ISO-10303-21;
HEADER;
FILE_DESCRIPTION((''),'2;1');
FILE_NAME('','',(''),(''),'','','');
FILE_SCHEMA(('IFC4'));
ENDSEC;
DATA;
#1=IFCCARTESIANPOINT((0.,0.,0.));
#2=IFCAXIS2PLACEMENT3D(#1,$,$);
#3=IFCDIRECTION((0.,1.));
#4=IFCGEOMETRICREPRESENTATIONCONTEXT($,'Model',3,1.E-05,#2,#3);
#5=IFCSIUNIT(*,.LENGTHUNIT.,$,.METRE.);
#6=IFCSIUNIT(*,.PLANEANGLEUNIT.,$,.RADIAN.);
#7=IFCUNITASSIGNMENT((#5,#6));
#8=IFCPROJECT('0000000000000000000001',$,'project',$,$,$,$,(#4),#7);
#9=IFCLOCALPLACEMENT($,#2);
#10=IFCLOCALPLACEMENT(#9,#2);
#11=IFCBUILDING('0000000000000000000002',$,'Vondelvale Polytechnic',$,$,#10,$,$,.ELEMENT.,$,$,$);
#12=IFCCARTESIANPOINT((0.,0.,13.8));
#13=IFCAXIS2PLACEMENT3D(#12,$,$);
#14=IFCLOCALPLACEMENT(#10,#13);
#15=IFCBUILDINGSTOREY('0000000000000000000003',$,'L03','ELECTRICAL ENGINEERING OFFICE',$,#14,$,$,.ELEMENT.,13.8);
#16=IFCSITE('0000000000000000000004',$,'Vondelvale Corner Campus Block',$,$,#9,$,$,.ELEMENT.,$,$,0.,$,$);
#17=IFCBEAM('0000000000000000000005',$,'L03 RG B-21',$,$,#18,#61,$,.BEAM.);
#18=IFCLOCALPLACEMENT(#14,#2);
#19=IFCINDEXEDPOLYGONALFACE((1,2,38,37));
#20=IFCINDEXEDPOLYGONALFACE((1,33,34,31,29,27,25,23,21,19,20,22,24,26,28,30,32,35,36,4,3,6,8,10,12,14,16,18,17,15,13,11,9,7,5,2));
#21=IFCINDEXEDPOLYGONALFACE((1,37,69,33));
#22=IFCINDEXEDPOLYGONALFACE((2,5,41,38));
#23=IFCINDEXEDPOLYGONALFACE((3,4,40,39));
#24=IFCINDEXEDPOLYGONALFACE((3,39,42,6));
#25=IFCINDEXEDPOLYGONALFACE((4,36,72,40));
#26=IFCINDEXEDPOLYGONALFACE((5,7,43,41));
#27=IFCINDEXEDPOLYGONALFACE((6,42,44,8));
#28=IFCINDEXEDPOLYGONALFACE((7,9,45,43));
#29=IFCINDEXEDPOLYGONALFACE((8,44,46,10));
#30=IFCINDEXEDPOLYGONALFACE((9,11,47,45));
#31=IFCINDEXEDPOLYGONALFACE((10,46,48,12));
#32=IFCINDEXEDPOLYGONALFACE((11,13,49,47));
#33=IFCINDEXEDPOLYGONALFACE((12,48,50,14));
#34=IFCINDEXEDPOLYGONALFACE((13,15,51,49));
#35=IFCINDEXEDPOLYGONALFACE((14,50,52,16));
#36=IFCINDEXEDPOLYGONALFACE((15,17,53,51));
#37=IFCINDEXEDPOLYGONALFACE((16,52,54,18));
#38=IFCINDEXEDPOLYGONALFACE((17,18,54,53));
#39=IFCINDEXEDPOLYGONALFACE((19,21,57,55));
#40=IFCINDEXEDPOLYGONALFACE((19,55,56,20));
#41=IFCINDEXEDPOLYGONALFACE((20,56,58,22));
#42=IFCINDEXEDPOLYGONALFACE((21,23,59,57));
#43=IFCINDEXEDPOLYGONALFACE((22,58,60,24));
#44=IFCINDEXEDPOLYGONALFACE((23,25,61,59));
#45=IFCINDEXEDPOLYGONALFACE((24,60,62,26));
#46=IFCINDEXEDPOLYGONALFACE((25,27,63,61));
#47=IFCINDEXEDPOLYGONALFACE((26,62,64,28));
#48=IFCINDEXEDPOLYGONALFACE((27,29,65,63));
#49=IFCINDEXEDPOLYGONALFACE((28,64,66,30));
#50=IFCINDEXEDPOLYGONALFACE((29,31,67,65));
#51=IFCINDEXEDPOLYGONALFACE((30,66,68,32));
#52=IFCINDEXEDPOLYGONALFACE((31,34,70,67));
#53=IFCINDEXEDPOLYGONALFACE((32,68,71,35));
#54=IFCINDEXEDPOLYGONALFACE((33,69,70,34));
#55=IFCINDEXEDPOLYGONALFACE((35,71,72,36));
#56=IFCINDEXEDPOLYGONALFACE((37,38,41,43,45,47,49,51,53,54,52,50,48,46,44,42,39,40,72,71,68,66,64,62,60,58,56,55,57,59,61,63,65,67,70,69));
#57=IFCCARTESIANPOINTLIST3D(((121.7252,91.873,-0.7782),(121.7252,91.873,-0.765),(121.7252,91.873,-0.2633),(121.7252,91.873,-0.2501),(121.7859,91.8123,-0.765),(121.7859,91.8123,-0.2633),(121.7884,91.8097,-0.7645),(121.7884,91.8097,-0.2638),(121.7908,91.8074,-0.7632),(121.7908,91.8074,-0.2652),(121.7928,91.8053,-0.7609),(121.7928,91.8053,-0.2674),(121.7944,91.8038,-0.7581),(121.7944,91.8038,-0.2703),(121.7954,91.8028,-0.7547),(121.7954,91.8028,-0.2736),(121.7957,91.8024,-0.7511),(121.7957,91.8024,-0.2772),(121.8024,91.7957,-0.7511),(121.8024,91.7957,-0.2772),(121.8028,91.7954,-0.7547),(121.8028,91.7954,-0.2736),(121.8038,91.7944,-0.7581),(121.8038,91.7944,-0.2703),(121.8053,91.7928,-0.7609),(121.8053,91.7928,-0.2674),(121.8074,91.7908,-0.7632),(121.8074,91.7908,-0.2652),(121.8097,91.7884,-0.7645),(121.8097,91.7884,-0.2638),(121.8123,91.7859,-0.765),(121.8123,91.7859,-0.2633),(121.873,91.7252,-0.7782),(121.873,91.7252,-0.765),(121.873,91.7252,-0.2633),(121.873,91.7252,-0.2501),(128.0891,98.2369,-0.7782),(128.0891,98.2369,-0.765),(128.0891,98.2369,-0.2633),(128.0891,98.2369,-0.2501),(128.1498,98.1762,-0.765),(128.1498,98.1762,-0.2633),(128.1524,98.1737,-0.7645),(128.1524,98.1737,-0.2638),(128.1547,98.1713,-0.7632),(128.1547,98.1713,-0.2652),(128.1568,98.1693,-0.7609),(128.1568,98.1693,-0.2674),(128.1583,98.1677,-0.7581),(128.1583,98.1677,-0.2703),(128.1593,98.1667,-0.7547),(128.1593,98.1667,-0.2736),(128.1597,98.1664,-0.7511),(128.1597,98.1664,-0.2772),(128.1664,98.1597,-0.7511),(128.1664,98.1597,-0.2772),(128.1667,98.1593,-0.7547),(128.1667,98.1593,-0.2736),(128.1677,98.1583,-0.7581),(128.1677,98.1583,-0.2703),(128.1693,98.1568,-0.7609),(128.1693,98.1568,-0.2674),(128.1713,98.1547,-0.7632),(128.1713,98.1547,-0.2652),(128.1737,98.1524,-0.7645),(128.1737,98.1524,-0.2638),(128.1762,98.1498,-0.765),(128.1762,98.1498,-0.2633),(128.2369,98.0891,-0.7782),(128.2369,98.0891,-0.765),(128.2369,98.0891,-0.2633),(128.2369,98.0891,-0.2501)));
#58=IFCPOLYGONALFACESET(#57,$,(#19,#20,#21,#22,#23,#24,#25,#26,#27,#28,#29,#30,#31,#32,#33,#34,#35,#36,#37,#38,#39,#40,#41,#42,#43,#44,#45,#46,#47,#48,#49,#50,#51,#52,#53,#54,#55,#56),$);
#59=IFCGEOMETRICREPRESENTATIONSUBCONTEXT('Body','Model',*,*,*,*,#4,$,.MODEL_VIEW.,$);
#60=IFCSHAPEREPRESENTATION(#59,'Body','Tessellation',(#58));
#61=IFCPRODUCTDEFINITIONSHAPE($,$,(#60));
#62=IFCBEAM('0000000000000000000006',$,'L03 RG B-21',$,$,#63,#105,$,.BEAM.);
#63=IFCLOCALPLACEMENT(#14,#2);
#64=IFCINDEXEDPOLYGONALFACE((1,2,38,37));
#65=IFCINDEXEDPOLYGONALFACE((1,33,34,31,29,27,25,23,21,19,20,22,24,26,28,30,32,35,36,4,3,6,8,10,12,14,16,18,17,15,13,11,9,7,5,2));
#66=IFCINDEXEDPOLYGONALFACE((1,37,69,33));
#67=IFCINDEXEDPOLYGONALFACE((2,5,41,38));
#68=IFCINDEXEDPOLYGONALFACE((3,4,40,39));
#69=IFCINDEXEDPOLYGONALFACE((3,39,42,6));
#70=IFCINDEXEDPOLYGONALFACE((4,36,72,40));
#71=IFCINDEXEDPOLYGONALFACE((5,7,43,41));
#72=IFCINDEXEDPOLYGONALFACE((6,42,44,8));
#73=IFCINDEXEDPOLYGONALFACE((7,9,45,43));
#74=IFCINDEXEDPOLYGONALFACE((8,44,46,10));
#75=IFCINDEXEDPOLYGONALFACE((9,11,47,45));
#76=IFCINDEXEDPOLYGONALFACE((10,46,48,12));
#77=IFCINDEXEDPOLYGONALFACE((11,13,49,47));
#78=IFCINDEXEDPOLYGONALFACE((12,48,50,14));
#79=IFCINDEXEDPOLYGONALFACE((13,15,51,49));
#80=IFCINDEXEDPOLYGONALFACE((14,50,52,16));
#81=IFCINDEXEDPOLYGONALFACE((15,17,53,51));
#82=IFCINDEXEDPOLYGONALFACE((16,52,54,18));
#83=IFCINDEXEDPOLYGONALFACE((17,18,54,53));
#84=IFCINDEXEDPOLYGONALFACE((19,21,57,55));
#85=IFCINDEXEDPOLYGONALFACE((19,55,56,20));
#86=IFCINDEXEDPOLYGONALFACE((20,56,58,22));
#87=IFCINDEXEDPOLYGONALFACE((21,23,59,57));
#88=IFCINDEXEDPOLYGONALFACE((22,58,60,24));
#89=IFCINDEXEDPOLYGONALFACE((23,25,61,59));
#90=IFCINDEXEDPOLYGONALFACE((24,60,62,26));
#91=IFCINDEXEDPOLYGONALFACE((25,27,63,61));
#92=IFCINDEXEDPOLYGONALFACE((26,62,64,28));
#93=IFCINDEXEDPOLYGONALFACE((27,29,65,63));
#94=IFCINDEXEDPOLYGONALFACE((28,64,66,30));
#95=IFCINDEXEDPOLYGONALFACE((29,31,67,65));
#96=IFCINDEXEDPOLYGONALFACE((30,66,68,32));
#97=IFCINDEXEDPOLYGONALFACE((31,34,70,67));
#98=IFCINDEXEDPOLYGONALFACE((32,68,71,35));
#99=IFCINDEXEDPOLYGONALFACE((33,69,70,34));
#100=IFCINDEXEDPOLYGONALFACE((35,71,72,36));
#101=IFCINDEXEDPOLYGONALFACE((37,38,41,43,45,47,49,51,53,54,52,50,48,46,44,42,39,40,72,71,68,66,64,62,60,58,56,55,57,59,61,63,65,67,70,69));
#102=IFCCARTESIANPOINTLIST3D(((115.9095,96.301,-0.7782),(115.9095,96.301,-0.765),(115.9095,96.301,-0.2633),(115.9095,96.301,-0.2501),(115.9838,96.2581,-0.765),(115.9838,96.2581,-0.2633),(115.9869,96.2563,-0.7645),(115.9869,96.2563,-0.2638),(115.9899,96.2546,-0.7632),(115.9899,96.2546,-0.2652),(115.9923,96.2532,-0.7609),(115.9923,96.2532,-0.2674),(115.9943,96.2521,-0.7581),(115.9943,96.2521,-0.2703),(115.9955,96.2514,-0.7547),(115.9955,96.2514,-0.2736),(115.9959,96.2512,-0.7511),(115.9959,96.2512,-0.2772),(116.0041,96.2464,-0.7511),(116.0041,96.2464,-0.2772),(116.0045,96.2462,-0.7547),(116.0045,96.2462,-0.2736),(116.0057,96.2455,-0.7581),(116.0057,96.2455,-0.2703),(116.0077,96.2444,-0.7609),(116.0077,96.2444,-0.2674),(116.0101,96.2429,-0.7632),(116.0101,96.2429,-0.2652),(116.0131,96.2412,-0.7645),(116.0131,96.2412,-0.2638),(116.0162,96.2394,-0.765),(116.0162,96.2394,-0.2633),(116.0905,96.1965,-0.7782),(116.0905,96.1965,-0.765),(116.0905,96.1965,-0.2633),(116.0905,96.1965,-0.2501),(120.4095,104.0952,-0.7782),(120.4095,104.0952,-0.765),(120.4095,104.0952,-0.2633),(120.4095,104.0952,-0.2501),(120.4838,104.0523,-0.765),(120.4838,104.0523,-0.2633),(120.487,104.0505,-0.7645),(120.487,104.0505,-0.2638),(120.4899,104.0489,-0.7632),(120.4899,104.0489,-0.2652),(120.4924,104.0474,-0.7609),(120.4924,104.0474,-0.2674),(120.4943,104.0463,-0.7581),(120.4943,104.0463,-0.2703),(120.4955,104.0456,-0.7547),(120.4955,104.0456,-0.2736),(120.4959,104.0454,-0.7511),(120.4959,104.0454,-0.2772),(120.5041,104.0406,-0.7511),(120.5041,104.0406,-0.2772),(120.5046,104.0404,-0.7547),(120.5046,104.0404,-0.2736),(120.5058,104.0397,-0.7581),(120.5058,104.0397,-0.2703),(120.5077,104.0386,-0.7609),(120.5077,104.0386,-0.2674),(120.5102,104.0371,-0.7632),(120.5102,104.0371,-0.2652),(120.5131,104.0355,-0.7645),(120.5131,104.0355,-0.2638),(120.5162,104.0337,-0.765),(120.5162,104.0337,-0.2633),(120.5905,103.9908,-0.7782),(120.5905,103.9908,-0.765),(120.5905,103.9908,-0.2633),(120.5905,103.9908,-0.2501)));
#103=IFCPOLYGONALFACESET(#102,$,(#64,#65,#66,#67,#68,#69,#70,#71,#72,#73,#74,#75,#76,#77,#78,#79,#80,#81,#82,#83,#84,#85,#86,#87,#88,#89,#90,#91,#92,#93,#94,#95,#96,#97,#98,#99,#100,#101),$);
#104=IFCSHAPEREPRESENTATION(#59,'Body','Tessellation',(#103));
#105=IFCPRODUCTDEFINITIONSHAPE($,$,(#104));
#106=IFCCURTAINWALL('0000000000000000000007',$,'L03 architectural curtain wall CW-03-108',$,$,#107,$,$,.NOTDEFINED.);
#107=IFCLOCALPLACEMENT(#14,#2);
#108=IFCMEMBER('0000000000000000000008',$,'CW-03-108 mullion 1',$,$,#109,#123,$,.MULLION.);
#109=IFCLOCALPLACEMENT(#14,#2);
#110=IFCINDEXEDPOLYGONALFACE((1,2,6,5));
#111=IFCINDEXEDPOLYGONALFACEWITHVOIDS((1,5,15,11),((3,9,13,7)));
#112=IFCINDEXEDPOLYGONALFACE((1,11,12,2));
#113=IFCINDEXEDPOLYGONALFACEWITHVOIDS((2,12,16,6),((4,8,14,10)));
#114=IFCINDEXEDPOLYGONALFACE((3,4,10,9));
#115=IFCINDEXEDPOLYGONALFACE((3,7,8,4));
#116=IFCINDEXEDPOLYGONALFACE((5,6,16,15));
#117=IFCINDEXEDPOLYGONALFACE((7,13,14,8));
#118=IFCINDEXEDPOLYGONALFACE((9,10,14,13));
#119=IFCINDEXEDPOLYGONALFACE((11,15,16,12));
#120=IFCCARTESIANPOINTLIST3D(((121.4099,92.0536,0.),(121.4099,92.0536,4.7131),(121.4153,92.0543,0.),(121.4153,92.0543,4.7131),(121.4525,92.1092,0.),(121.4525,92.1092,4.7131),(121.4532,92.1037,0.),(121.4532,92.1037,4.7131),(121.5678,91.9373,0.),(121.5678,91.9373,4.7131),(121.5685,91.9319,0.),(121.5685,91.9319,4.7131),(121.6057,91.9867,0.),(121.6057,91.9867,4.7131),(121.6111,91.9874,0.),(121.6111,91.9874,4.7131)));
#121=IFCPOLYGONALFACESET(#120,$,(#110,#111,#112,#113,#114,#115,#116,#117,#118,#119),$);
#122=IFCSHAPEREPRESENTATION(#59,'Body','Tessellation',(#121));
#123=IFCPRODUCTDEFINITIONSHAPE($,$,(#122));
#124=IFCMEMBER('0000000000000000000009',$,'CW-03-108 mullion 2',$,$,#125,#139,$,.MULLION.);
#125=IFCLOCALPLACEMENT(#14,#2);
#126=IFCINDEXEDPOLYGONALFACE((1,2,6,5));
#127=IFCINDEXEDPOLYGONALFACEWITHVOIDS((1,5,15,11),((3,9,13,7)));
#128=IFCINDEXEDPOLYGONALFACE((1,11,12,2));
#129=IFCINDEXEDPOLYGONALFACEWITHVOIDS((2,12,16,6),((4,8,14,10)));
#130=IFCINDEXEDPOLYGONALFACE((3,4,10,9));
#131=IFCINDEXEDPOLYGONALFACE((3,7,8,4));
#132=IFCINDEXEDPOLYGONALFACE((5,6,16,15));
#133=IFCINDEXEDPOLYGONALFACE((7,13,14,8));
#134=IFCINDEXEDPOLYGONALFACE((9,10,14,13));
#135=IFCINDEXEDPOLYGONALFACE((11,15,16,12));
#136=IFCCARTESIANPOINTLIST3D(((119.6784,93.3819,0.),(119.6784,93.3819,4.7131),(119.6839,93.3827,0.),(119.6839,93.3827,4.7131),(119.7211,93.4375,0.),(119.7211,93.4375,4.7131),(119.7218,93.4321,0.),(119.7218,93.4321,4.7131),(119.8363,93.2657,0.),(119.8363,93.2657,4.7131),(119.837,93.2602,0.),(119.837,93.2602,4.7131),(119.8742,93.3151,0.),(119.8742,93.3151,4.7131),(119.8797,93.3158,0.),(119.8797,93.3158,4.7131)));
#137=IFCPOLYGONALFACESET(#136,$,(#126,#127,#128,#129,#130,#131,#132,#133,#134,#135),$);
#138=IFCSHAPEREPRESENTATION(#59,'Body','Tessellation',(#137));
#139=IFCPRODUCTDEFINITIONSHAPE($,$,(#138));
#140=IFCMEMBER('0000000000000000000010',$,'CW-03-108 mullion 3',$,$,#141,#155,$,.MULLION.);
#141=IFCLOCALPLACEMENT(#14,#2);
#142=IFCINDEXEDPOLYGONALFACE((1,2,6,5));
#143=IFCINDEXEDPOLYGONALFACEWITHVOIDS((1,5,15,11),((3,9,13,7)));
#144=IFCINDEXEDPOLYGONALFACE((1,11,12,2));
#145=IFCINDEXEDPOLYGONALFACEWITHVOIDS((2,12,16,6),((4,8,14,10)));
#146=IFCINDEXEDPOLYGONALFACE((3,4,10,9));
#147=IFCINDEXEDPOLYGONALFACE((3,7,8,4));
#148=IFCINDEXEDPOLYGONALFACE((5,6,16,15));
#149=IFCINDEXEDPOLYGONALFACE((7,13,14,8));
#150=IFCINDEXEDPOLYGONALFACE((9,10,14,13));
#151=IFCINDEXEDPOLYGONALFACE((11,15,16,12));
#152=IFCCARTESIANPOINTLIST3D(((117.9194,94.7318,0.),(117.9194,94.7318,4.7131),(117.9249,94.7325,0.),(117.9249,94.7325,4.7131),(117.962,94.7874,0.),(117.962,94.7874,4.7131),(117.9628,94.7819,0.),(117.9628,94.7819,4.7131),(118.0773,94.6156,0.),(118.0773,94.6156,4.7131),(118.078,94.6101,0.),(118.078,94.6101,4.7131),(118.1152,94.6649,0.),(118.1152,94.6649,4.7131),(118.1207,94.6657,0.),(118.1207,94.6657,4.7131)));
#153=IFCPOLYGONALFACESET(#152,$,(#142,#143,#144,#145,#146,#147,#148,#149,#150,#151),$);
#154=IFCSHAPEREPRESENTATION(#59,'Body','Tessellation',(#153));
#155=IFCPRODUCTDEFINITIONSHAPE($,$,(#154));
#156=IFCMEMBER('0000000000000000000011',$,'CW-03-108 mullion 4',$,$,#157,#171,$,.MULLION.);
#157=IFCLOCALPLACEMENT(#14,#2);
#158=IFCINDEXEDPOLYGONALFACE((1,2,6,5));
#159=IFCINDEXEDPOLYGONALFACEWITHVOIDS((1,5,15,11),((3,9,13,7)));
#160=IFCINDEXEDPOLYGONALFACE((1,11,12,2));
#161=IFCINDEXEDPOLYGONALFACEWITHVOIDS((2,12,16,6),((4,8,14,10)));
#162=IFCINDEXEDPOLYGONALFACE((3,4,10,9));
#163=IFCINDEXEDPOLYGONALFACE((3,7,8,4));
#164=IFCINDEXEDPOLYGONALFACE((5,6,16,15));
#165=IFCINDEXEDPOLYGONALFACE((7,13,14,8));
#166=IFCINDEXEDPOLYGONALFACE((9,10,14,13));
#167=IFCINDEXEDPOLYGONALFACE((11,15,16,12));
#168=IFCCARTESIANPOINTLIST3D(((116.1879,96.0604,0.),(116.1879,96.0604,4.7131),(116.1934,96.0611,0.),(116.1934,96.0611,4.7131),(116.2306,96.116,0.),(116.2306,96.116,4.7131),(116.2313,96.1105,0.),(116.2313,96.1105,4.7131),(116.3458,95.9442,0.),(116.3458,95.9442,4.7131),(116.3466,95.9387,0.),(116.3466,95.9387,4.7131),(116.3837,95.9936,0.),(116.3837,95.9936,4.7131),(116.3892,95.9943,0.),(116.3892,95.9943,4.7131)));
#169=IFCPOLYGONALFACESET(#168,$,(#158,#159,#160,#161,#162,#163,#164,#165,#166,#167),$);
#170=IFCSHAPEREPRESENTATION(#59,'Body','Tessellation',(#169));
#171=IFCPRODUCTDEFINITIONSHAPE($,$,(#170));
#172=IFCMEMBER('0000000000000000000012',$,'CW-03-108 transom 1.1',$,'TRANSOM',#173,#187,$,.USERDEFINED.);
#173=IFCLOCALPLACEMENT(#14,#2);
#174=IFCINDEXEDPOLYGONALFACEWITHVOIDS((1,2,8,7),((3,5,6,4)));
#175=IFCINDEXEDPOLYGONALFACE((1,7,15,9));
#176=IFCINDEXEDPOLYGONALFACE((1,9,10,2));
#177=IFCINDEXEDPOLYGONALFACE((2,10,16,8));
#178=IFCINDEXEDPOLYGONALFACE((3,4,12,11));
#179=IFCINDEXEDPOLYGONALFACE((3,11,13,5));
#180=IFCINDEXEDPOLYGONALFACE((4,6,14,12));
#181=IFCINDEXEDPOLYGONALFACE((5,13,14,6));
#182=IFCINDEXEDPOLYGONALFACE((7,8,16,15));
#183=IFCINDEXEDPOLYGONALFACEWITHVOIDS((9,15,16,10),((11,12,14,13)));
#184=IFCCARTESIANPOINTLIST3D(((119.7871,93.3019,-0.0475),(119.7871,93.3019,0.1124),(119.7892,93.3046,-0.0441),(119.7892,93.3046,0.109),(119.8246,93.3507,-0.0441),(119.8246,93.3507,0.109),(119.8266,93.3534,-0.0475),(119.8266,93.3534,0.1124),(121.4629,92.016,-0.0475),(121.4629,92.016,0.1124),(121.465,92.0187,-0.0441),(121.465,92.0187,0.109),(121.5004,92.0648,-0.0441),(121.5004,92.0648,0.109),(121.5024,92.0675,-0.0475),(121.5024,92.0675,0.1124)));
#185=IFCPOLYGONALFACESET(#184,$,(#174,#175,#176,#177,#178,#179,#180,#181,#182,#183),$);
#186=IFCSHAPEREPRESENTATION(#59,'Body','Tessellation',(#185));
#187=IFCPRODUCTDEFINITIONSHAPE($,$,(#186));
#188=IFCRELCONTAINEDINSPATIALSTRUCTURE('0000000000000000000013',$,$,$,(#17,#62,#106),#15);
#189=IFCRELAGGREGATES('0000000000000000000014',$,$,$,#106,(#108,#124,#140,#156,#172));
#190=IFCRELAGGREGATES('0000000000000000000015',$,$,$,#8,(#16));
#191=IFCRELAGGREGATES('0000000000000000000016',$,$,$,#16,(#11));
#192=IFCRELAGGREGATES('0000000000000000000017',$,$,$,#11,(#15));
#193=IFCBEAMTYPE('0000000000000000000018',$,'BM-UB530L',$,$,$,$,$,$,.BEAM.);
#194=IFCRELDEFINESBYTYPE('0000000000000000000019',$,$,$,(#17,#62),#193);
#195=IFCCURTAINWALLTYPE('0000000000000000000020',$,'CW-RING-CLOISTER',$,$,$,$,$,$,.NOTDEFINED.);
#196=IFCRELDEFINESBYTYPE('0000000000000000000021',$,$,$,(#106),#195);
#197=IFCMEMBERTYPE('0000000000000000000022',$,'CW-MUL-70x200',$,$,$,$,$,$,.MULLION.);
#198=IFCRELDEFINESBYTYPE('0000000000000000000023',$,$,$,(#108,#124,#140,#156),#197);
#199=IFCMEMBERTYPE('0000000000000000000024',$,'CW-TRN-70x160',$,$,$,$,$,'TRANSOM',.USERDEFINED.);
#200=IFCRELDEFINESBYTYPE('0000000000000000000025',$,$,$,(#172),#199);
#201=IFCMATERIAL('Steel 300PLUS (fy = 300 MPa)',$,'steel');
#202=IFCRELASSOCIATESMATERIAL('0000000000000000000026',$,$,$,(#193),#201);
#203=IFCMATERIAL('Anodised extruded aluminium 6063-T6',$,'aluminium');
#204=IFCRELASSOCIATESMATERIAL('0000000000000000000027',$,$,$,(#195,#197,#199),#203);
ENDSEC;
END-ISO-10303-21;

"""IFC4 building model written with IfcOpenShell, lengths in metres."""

from ifc_helpers import new_model, si_unit, direction, frame, origin, origin_2d, place, context, subcontext, project, spatial, hollow_rectangle, i_section, extrude, material, material_profile, profile_set, type_object, element, aggregate, save


model = new_model("IFC4")

# Units and contexts
model_context = context("Model", 3, precision=1e-05, world=origin(), true_north=direction((0.0, 1.0)))
body_context = subcontext(model_context, "Body", "Model", "MODEL_VIEW")
ifc_project = project(units=[si_unit("LENGTHUNIT", "METRE"), si_unit("PLANEANGLEUNIT", "RADIAN")], contexts=[model_context])

# Site, building, storey
site_placement = place(None, origin())
site = spatial("IfcSite", under=ifc_project, at=site_placement, Name="Vondelvale Corner Campus Block", CompositionType="ELEMENT", RefElevation=0.0)
building_placement = place(site_placement, origin())
building = spatial("IfcBuilding", under=site, at=building_placement, Name="Vondelvale Polytechnic", CompositionType="ELEMENT")
storey_placement = place(building_placement, frame((0.0, 0.0, 13.8)))
storey = spatial("IfcBuildingStorey", under=building, at=storey_placement, Name="L03", Description="ELECTRICAL ENGINEERING OFFICE", CompositionType="ELEMENT", Elevation=13.8)

# Beams
ifc_material_1 = material(Name="Steel 300PLUS (fy = 300 MPa)", Category="steel")
ifc_material_profile_1 = material_profile(ifc_material_1, i_section(OverallWidth=0.209, OverallDepth=0.5281, WebThickness=0.0095, FlangeThickness=0.0132, FilletRadius=0.0139, at=origin_2d()), Name="530UB82.0")
ifc_profile_set_1 = profile_set([ifc_material_profile_1], Name="Steel 300PLUS (fy = 300 MPa)")
beam_type_1 = type_object("IfcBeamType", Name="BM-UB530L", PredefinedType="BEAM", material=ifc_profile_set_1)
for number, where, z_axis, x_axis, name in (
    (1, (121.7991, 91.7991, -0.5142), (0.707107, 0.707107, 0.0), (-0.707107, 0.707107, 0.0), "L03 RG B-21"),
    (2, (116.0, 96.2488, -0.5142), (0.500002, 0.866024, 0.0), (-0.866024, 0.500002, 0.0), "L03 RG B-21"),
):
    element("IfcBeam", number, at=place(storey_placement, frame(where, z_axis=z_axis, x_axis=x_axis)), inside=storey, type_object=beam_type_1, Name=name, PredefinedType="BEAM", context=body_context, shape_type="SweptSolid", body=[
        extrude(i_section(OverallWidth=0.209, OverallDepth=0.5281, WebThickness=0.0095, FlangeThickness=0.0132, FilletRadius=0.0139, at=origin_2d()), origin(), (0.0, 0.0, 1.0), 9.0),
    ])

# Curtain wall, members
ifc_material_2 = material(Name="Anodised extruded aluminium 6063-T6", Category="aluminium")
curtain_wall_type = type_object("IfcCurtainWallType", Name="CW-RING-CLOISTER", PredefinedType="NOTDEFINED", material=ifc_material_2)
curtain_wall_placement = place(storey_placement, origin())
curtain_wall = element("IfcCurtainWall", 3, at=curtain_wall_placement, inside=storey, type_object=curtain_wall_type, Name="L03 architectural curtain wall CW-03-108", PredefinedType="NOTDEFINED")
ifc_material_profile_2 = material_profile(ifc_material_2, hollow_rectangle(XDim=0.0701, YDim=0.2, WallThickness=0.0039, at=origin_2d()), Name="CW-MUL-200x70")
ifc_profile_set_2 = profile_set([ifc_material_profile_2], Name="Anodised extruded aluminium 6063-T6")
member_type_1 = type_object("IfcMemberType", Name="CW-MUL-70x200", PredefinedType="MULLION", material=ifc_profile_set_2)
member_1_placement = place(storey_placement, frame((121.5105, 92.0205, 0.0), z_axis=(0.0, 0.0, 1.0), x_axis=(-0.608748, -0.793364, 0.0)))
member_1 = element("IfcMember", 4, at=member_1_placement, type_object=member_type_1, Name="CW-03-108 mullion 1", PredefinedType="MULLION", context=body_context, shape_type="SweptSolid", body=[
    extrude(hollow_rectangle(XDim=0.0701, YDim=0.2, WallThickness=0.0039, at=origin_2d()), origin(), (0.0, 0.0, 1.0), 4.7131),
])
member_2_placement = place(storey_placement, frame((119.7791, 93.3489, 0.0), z_axis=(0.0, 0.0, 1.0), x_axis=(-0.608748, -0.793364, 0.0)))
member_2 = element("IfcMember", 5, at=member_2_placement, type_object=member_type_1, Name="CW-03-108 mullion 2", PredefinedType="MULLION", context=body_context, shape_type="SweptSolid", body=[
    extrude(hollow_rectangle(XDim=0.0701, YDim=0.2, WallThickness=0.0039, at=origin_2d()), origin(), (0.0, 0.0, 1.0), 4.7131),
])
member_3_placement = place(storey_placement, frame((118.02, 94.6987, 0.0), z_axis=(0.0, 0.0, 1.0), x_axis=(-0.608748, -0.793364, 0.0)))
member_3 = element("IfcMember", 6, at=member_3_placement, type_object=member_type_1, Name="CW-03-108 mullion 3", PredefinedType="MULLION", context=body_context, shape_type="SweptSolid", body=[
    extrude(hollow_rectangle(XDim=0.0701, YDim=0.2, WallThickness=0.0039, at=origin_2d()), origin(), (0.0, 0.0, 1.0), 4.7131),
])
member_4_placement = place(storey_placement, frame((116.2886, 96.0273, 0.0), z_axis=(0.0, 0.0, 1.0), x_axis=(-0.608748, -0.793364, 0.0)))
member_4 = element("IfcMember", 7, at=member_4_placement, type_object=member_type_1, Name="CW-03-108 mullion 4", PredefinedType="MULLION", context=body_context, shape_type="SweptSolid", body=[
    extrude(hollow_rectangle(XDim=0.0701, YDim=0.2, WallThickness=0.0039, at=origin_2d()), origin(), (0.0, 0.0, 1.0), 4.7131),
])
ifc_material_profile_3 = material_profile(ifc_material_2, hollow_rectangle(XDim=0.0649, YDim=0.1599, WallThickness=0.0034, at=origin_2d()), Name="CW-TRN-160x65")
ifc_profile_set_3 = profile_set([ifc_material_profile_3], Name="Anodised extruded aluminium 6063-T6")
member_type_2 = type_object("IfcMemberType", Name="CW-TRN-70x160", ElementType="TRANSOM", PredefinedType="USERDEFINED", material=ifc_profile_set_3)
member_5_placement = place(storey_placement, frame((121.4827, 92.0417, 0.0325), z_axis=(-0.79335, 0.608766, 0.0), x_axis=(-0.608766, -0.79335, 0.0)))
member_5 = element("IfcMember", 8, at=member_5_placement, type_object=member_type_2, Name="CW-03-108 transom 1.1", ObjectType="TRANSOM", PredefinedType="USERDEFINED", context=body_context, shape_type="SweptSolid", body=[
    extrude(hollow_rectangle(XDim=0.0649, YDim=0.1599, WallThickness=0.0034, at=origin_2d()), origin(), (0.0, 0.0, 1.0), 2.1123),
])

aggregate(curtain_wall, [member_1, member_2, member_3, member_4, member_5])

save(model, "model.ifc")
